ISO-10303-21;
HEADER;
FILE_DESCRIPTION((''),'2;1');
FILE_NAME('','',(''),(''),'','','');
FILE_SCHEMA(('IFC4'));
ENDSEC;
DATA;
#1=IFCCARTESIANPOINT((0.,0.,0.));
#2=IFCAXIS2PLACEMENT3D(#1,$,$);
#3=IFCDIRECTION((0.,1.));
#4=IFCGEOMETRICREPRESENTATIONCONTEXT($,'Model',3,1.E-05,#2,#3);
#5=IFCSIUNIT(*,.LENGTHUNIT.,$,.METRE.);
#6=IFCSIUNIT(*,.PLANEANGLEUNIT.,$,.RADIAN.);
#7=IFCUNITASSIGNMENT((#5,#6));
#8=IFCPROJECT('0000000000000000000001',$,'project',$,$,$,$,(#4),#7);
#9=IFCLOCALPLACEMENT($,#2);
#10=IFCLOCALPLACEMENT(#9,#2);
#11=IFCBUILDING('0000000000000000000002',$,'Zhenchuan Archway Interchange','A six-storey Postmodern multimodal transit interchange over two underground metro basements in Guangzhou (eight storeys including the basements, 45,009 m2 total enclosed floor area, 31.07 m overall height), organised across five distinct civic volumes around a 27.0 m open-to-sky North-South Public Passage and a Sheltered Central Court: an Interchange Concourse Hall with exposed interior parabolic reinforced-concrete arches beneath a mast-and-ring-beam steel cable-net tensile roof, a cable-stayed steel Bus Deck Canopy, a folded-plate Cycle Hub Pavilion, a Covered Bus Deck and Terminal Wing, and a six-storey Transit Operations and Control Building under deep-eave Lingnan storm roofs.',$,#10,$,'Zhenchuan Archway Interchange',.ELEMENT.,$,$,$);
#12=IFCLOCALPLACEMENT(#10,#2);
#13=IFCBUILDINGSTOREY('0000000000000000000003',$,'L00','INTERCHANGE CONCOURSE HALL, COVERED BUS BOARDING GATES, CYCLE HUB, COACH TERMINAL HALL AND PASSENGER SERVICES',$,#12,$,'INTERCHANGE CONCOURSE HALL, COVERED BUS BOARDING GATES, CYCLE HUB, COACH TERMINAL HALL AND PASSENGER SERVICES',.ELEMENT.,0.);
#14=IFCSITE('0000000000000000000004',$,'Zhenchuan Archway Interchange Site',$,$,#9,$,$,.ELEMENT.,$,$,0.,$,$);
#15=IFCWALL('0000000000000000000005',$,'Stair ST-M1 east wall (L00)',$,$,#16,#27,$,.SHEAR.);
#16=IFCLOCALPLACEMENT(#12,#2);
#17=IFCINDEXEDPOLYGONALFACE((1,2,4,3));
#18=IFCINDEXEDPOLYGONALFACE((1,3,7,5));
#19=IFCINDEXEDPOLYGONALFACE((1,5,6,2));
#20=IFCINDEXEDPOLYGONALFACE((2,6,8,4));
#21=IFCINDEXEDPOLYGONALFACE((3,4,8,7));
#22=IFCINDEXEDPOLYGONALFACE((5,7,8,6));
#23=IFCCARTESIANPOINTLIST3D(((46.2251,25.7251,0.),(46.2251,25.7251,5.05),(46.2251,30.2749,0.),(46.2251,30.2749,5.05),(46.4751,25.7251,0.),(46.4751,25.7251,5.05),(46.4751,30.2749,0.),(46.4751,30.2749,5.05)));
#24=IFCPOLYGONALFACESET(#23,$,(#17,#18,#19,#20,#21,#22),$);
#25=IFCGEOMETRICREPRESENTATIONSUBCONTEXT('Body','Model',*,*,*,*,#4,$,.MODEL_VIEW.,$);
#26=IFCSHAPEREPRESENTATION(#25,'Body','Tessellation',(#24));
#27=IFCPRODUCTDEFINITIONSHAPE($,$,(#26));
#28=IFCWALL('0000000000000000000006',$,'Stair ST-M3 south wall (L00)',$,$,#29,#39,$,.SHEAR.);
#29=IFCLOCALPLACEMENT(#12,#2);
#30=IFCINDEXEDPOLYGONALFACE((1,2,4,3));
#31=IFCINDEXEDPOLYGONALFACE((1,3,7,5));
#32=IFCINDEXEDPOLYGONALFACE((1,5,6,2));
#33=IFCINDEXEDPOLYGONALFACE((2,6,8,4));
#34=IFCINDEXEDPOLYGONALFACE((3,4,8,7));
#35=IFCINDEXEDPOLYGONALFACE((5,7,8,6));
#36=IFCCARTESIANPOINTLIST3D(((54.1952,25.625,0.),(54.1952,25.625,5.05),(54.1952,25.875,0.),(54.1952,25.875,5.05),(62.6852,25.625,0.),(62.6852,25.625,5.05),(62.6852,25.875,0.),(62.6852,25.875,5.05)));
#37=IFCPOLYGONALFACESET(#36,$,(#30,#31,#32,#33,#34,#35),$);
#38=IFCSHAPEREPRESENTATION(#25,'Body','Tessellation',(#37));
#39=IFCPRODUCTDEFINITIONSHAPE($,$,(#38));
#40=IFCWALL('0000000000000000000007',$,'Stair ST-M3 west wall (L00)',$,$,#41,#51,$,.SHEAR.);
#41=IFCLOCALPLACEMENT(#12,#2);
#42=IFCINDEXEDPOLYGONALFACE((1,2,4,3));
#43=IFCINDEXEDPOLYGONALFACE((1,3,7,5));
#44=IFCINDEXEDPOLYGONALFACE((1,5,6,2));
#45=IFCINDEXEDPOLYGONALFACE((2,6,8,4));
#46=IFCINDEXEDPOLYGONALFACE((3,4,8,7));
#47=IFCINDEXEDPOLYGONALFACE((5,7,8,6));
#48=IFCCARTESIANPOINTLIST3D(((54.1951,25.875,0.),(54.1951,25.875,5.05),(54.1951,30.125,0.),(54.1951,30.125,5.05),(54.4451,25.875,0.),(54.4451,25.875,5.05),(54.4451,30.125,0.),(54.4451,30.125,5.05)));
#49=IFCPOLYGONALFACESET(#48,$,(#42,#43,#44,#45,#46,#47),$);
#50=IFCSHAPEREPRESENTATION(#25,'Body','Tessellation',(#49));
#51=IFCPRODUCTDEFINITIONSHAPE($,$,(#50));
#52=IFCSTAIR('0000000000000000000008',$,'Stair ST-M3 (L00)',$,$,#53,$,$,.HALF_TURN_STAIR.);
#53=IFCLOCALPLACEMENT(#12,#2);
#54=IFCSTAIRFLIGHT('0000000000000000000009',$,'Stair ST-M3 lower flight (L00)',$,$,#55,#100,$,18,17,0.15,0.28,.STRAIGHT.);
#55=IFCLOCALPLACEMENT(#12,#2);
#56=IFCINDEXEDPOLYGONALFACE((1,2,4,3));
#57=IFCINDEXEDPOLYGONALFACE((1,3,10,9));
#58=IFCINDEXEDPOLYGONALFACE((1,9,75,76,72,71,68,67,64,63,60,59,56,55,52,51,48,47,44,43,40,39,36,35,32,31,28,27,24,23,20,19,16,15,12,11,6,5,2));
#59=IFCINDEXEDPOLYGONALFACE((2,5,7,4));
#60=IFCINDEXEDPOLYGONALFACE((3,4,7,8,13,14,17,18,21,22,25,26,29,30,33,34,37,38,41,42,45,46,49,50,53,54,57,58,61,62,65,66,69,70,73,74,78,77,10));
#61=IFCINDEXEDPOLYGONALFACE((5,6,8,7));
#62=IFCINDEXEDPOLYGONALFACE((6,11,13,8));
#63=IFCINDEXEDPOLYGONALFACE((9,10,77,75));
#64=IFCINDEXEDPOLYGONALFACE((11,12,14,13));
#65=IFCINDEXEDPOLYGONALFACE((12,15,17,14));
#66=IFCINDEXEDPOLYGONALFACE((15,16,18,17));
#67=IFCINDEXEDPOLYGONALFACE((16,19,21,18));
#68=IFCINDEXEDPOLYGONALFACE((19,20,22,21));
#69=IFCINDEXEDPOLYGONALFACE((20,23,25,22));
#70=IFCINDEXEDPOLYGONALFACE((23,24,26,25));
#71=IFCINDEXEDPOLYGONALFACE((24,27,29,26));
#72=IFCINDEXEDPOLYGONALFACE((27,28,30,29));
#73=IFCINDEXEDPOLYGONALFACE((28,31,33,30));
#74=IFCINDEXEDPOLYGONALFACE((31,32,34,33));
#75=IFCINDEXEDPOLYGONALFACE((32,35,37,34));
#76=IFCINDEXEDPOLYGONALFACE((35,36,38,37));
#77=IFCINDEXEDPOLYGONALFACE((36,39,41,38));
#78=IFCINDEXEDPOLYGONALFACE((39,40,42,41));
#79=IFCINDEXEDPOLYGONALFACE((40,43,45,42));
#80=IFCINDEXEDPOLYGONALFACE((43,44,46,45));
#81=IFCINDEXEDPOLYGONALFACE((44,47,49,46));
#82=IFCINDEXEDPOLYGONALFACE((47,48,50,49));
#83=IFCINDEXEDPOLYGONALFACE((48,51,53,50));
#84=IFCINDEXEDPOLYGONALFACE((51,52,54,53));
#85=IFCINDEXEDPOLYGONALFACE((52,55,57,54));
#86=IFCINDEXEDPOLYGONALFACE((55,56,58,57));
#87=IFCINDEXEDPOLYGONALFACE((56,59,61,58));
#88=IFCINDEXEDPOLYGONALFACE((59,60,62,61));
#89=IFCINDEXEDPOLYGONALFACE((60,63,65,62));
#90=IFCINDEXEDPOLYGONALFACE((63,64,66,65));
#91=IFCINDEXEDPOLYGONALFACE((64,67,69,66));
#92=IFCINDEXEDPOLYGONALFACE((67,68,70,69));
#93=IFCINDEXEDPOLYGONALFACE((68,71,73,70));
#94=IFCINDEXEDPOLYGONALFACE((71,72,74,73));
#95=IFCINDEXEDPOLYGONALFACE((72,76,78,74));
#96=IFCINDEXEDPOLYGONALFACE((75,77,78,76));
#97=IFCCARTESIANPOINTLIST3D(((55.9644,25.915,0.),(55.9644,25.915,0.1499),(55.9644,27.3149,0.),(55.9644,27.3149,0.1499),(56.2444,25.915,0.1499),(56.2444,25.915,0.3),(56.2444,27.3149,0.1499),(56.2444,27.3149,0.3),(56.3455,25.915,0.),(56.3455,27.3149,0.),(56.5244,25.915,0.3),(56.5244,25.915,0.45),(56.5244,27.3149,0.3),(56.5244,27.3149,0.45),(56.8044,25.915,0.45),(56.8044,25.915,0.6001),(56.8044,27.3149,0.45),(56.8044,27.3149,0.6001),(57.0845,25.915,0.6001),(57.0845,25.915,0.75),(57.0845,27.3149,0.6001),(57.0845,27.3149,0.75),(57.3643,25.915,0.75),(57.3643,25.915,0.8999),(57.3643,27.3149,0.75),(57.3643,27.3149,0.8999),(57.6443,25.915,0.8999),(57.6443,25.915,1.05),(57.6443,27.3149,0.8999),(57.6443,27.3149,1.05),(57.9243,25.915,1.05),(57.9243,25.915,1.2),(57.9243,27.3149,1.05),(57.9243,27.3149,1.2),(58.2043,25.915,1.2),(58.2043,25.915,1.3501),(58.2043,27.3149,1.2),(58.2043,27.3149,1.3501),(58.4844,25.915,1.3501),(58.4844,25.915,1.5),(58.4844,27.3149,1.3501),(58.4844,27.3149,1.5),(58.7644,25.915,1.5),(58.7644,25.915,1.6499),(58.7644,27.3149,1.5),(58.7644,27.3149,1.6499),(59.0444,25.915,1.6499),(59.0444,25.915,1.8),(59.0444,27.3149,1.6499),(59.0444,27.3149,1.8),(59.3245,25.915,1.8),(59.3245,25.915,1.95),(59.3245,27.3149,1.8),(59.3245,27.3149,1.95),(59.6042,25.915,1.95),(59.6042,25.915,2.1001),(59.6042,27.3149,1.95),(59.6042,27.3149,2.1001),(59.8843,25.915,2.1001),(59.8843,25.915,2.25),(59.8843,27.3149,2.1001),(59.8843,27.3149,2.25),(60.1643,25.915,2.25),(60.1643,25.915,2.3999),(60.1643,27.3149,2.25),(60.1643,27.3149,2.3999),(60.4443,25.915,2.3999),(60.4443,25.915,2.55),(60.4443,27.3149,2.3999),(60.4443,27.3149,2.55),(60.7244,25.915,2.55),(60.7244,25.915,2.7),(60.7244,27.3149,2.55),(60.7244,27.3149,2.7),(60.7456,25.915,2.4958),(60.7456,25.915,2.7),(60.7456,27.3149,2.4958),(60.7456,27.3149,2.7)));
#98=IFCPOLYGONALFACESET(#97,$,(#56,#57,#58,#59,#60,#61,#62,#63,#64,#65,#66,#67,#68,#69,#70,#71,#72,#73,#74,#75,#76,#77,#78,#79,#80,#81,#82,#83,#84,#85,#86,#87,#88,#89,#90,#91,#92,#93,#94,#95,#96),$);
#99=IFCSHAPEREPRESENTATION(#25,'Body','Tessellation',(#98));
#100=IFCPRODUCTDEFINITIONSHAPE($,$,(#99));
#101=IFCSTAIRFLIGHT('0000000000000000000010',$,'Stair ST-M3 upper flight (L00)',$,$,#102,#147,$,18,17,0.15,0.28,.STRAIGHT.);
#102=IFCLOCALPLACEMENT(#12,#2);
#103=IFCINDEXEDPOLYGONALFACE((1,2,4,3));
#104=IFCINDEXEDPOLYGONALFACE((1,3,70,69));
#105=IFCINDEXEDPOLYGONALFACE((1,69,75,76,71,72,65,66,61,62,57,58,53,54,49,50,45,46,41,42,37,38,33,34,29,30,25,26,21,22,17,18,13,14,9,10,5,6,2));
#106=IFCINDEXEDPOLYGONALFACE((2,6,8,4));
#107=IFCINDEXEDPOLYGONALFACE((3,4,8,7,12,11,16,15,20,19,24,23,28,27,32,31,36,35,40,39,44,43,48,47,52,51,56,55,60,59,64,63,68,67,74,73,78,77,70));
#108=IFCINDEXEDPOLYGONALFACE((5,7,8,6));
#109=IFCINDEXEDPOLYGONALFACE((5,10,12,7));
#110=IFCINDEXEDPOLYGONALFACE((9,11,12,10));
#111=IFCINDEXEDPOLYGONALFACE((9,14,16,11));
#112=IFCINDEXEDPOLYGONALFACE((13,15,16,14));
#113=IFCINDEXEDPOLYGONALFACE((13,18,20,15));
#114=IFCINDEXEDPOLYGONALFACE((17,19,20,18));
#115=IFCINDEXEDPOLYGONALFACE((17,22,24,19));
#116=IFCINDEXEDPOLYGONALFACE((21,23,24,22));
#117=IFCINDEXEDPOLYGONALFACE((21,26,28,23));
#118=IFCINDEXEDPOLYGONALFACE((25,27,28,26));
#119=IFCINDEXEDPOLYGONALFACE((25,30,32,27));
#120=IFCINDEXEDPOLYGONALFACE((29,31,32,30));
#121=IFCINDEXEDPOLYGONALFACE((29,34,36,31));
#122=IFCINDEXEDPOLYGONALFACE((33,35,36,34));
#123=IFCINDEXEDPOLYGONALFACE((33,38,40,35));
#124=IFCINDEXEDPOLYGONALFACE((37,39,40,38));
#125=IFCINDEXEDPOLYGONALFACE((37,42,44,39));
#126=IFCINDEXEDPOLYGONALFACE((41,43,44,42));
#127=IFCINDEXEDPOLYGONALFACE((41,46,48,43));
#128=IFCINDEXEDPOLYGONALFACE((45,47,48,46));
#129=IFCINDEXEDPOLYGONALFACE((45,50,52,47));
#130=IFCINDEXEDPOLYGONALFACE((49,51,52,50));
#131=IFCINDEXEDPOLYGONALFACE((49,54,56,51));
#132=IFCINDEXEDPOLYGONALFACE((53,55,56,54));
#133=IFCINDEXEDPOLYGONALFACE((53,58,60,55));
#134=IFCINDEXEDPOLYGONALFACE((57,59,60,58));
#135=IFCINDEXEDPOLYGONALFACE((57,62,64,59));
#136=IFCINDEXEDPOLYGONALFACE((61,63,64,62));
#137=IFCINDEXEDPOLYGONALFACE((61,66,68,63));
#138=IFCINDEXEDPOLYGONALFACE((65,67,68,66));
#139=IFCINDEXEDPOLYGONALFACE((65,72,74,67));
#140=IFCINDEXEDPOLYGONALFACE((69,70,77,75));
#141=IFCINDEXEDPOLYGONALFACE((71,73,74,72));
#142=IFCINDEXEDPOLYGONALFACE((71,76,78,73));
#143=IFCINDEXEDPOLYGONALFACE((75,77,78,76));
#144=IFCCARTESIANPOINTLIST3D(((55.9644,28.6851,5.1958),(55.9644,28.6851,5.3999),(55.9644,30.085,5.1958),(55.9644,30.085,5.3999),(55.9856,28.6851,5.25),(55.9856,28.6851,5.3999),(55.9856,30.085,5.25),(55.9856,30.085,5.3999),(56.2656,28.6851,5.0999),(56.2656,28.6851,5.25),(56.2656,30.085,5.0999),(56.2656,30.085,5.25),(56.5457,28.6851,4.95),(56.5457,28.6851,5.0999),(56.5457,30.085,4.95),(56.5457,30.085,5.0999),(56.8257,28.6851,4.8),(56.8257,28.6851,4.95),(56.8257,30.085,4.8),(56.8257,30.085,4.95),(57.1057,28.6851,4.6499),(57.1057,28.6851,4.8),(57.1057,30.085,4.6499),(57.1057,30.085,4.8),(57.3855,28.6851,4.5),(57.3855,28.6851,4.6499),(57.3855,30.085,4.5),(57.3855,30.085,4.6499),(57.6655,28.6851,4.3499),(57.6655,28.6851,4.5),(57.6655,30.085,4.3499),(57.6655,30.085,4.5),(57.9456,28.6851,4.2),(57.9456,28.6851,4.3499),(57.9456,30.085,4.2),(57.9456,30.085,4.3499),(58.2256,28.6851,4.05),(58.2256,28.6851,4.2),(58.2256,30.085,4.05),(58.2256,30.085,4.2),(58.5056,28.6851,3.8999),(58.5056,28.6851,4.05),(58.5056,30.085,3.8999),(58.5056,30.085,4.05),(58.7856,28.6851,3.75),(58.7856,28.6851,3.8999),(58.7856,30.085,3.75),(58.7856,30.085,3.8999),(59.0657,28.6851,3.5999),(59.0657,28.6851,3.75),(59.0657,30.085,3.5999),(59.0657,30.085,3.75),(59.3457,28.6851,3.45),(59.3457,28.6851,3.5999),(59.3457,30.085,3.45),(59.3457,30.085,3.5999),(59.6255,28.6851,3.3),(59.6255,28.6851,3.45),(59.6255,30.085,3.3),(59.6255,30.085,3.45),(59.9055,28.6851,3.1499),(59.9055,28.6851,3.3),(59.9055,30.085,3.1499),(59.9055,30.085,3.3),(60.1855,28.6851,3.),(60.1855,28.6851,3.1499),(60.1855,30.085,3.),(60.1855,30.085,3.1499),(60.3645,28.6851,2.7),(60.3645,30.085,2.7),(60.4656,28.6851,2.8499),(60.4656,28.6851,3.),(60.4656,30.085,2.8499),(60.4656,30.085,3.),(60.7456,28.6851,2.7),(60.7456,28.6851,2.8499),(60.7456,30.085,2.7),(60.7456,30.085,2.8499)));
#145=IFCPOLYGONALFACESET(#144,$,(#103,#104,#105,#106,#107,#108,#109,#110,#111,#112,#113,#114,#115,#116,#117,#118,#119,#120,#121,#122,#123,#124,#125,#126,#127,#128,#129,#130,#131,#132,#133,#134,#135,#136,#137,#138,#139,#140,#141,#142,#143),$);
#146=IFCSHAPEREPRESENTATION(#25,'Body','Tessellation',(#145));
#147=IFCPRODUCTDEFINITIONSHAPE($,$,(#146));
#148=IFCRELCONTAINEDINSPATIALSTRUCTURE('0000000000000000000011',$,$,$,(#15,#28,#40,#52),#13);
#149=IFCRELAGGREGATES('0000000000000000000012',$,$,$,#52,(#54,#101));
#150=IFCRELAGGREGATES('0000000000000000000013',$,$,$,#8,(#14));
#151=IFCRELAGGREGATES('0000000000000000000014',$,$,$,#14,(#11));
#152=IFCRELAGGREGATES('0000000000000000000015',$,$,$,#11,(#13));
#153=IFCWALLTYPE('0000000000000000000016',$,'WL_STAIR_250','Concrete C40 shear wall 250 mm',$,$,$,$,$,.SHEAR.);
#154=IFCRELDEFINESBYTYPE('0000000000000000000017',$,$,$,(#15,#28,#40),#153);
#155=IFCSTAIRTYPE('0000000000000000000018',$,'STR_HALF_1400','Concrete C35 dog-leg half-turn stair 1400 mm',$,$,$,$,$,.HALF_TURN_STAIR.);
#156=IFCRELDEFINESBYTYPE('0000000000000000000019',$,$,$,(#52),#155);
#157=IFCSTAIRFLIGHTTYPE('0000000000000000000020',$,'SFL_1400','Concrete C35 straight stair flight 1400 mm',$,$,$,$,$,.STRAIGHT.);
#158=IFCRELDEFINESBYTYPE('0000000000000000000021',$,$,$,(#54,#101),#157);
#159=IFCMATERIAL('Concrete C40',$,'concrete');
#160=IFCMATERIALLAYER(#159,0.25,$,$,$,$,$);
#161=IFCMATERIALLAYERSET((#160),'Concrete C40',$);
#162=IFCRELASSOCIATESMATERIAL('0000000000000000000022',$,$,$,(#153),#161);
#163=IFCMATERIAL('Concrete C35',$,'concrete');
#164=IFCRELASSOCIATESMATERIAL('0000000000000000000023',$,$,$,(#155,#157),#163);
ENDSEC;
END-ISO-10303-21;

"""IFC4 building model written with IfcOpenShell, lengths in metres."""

from ifc_helpers import new_model, si_unit, direction, frame, frame_2d, origin, place, context, subcontext, project, spatial, polyline, rectangle, outline, extrude, material, layer, layer_set, type_object, element, aggregate, save


model = new_model("IFC4")

# Units and contexts
model_context = context("Model", 3, precision=1e-05, world=origin(), true_north=direction((0.0, 1.0)))
body_context = subcontext(model_context, "Body", "Model", "MODEL_VIEW")
ifc_project = project(units=[si_unit("LENGTHUNIT", "METRE"), si_unit("PLANEANGLEUNIT", "RADIAN")], contexts=[model_context])

# Site, building, storey
site_placement = place(None, origin())
site = spatial("IfcSite", under=ifc_project, at=site_placement, Name="Zhenchuan Archway Interchange Site", CompositionType="ELEMENT", RefElevation=0.0)
building_placement = place(site_placement, origin())
building = spatial("IfcBuilding", under=site, at=building_placement, Name="Zhenchuan Archway Interchange", Description="A six-storey Postmodern multimodal transit interchange over two underground metro basements in Guangzhou (eight storeys including the basements, 45,009 m2 total enclosed floor area, 31.07 m overall height), organised across five distinct civic volumes around a 27.0 m open-to-sky North-South Public Passage and a Sheltered Central Court: an Interchange Concourse Hall with exposed interior parabolic reinforced-concrete arches beneath a mast-and-ring-beam steel cable-net tensile roof, a cable-stayed steel Bus Deck Canopy, a folded-plate Cycle Hub Pavilion, a Covered Bus Deck and Terminal Wing, and a six-storey Transit Operations and Control Building under deep-eave Lingnan storm roofs.", LongName="Zhenchuan Archway Interchange", CompositionType="ELEMENT")
storey_placement = place(building_placement, origin())
storey = spatial("IfcBuildingStorey", under=building, at=storey_placement, Name="L00", Description="INTERCHANGE CONCOURSE HALL, COVERED BUS BOARDING GATES, CYCLE HUB, COACH TERMINAL HALL AND PASSENGER SERVICES", LongName="INTERCHANGE CONCOURSE HALL, COVERED BUS BOARDING GATES, CYCLE HUB, COACH TERMINAL HALL AND PASSENGER SERVICES", CompositionType="ELEMENT", Elevation=0.0)

# Shared definitions
ifc_material_1 = material(Name="Concrete C40", Category="concrete")

# Shared definitions
ifc_layer_1 = layer(ifc_material_1, 0.25)
ifc_layer_set_1 = layer_set([ifc_layer_1], Name="Concrete C40")
wall_type_1 = type_object("IfcWallType", Name="WL_STAIR_250", Description="Concrete C40 shear wall 250 mm", PredefinedType="SHEAR", material=ifc_layer_set_1)

# Walls
wall_1_placement = place(storey_placement, frame((46.3501, 25.7251, 0.0), z_axis=(0.0, 0.0, 1.0), x_axis=(0.0, 1.0, 0.0)))
element("IfcWall", 1, at=wall_1_placement, inside=storey, type_object=wall_type_1, Name="Stair ST-M1 east wall (L00)", PredefinedType="SHEAR", context=body_context, shape_type="SweptSolid", body=[
    extrude(rectangle(XDim=4.5498, YDim=0.25, at=frame_2d((2.2749, 0.0))), origin(), (0.0, 0.0, 1.0), 5.05),
])
wall_2_placement = place(storey_placement, frame((54.1951, 25.75, 0.0), z_axis=(0.0, 0.0, 1.0), x_axis=(1.0, 0.0, 0.0)))
element("IfcWall", 2, at=wall_2_placement, inside=storey, type_object=wall_type_1, Name="Stair ST-M3 south wall (L00)", PredefinedType="SHEAR", context=body_context, shape_type="SweptSolid", body=[
    extrude(rectangle(XDim=8.49, YDim=0.25, at=frame_2d((4.2451, 0.0))), origin(), (0.0, 0.0, 1.0), 5.05),
])
wall_3_placement = place(storey_placement, frame((54.3201, 30.125, 0.0), z_axis=(0.0, 0.0, 1.0), x_axis=(0.0, -1.0, 0.0)))
element("IfcWall", 3, at=wall_3_placement, inside=storey, type_object=wall_type_1, Name="Stair ST-M3 west wall (L00)", PredefinedType="SHEAR", context=body_context, shape_type="SweptSolid", body=[
    extrude(rectangle(XDim=4.25, YDim=0.25, at=frame_2d((2.125, 0.0))), origin(), (0.0, 0.0, 1.0), 5.05),
])

# Stair, stair flights
ifc_material_2 = material(Name="Concrete C35", Category="concrete")
stair_type_1 = type_object("IfcStairType", Name="STR_HALF_1400", Description="Concrete C35 dog-leg half-turn stair 1400 mm", PredefinedType="HALF_TURN_STAIR", material=ifc_material_2)
stair_1_placement = place(storey_placement, origin())
stair_1 = element("IfcStair", 4, at=stair_1_placement, inside=storey, type_object=stair_type_1, Name="Stair ST-M3 (L00)", PredefinedType="HALF_TURN_STAIR")
stair_flight_type_1 = type_object("IfcStairFlightType", Name="SFL_1400", Description="Concrete C35 straight stair flight 1400 mm", PredefinedType="STRAIGHT", material=ifc_material_2)
stair_flight_1_placement = place(storey_placement, frame((55.9644, 26.615, 0.0), z_axis=(0.0, 0.0, 1.0), x_axis=(1.0, 0.0, 0.0)))
stair_flight_1 = element("IfcStairFlight", 5, at=stair_flight_1_placement, type_object=stair_flight_type_1, Name="Stair ST-M3 lower flight (L00)", NumberOfRisers=18, NumberOfTreads=17, PredefinedType="STRAIGHT", RiserHeight=0.15, TreadLength=0.28, context=body_context, shape_type="SweptSolid", body=[
    extrude(outline(polyline([(0.0, 0.0), (0.0, 0.1499), (0.28, 0.1499), (0.28, 0.3), (0.5601, 0.3), (0.5601, 0.45), (0.8401, 0.45), (0.8401, 0.6001), (1.1201, 0.6001), (1.1201, 0.75), (1.3999, 0.75), (1.3999, 0.8999), (1.6799, 0.8999), (1.6799, 1.05), (1.96, 1.05), (1.96, 1.2), (2.24, 1.2), (2.24, 1.3501), (2.52, 1.3501), (2.52, 1.5), (2.8, 1.5), (2.8, 1.6499), (3.0801, 1.6499), (3.0801, 1.8), (3.3601, 1.8), (3.3601, 1.95), (3.6399, 1.95), (3.6399, 2.1001), (3.9199, 2.1001), (3.9199, 2.25), (4.2, 2.25), (4.2, 2.3999), (4.48, 2.3999), (4.48, 2.55), (4.76, 2.55), (4.76, 2.7), (4.7812, 2.7), (4.7812, 2.4958), (0.3811, 0.0), (0.0, 0.0)])), frame((0.0, 0.7, 0.0), z_axis=(0.0, -1.0, 0.0), x_axis=(1.0, 0.0, 0.0)), (0.0, 0.0, 1.0), 1.3999),
])
stair_flight_2_placement = place(storey_placement, frame((60.7456, 29.385, 2.7), z_axis=(0.0, 0.0, 1.0), x_axis=(-1.0, 0.0, 0.0)))
stair_flight_2 = element("IfcStairFlight", 6, at=stair_flight_2_placement, type_object=stair_flight_type_1, Name="Stair ST-M3 upper flight (L00)", NumberOfRisers=18, NumberOfTreads=17, PredefinedType="STRAIGHT", RiserHeight=0.15, TreadLength=0.28, context=body_context, shape_type="SweptSolid", body=[
    extrude(outline(polyline([(0.0, 0.0), (0.0, 0.1499), (0.28, 0.1499), (0.28, 0.3), (0.5601, 0.3), (0.5601, 0.45), (0.8401, 0.45), (0.8401, 0.6001), (1.1201, 0.6001), (1.1201, 0.75), (1.3999, 0.75), (1.3999, 0.8999), (1.6799, 0.8999), (1.6799, 1.05), (1.96, 1.05), (1.96, 1.2), (2.24, 1.2), (2.24, 1.3501), (2.52, 1.3501), (2.52, 1.5), (2.8, 1.5), (2.8, 1.6499), (3.0801, 1.6499), (3.0801, 1.8), (3.3601, 1.8), (3.3601, 1.95), (3.6399, 1.95), (3.6399, 2.1001), (3.9199, 2.1001), (3.9199, 2.25), (4.2, 2.25), (4.2, 2.3999), (4.48, 2.3999), (4.48, 2.55), (4.76, 2.55), (4.76, 2.7), (4.7812, 2.7), (4.7812, 2.4958), (0.3811, 0.0), (0.0, 0.0)])), frame((0.0, 0.7, 0.0), z_axis=(0.0, -1.0, 0.0), x_axis=(1.0, 0.0, 0.0)), (0.0, 0.0, 1.0), 1.3999),
])
aggregate(stair_1, [stair_flight_1, stair_flight_2])

save(model, "model.ifc")
